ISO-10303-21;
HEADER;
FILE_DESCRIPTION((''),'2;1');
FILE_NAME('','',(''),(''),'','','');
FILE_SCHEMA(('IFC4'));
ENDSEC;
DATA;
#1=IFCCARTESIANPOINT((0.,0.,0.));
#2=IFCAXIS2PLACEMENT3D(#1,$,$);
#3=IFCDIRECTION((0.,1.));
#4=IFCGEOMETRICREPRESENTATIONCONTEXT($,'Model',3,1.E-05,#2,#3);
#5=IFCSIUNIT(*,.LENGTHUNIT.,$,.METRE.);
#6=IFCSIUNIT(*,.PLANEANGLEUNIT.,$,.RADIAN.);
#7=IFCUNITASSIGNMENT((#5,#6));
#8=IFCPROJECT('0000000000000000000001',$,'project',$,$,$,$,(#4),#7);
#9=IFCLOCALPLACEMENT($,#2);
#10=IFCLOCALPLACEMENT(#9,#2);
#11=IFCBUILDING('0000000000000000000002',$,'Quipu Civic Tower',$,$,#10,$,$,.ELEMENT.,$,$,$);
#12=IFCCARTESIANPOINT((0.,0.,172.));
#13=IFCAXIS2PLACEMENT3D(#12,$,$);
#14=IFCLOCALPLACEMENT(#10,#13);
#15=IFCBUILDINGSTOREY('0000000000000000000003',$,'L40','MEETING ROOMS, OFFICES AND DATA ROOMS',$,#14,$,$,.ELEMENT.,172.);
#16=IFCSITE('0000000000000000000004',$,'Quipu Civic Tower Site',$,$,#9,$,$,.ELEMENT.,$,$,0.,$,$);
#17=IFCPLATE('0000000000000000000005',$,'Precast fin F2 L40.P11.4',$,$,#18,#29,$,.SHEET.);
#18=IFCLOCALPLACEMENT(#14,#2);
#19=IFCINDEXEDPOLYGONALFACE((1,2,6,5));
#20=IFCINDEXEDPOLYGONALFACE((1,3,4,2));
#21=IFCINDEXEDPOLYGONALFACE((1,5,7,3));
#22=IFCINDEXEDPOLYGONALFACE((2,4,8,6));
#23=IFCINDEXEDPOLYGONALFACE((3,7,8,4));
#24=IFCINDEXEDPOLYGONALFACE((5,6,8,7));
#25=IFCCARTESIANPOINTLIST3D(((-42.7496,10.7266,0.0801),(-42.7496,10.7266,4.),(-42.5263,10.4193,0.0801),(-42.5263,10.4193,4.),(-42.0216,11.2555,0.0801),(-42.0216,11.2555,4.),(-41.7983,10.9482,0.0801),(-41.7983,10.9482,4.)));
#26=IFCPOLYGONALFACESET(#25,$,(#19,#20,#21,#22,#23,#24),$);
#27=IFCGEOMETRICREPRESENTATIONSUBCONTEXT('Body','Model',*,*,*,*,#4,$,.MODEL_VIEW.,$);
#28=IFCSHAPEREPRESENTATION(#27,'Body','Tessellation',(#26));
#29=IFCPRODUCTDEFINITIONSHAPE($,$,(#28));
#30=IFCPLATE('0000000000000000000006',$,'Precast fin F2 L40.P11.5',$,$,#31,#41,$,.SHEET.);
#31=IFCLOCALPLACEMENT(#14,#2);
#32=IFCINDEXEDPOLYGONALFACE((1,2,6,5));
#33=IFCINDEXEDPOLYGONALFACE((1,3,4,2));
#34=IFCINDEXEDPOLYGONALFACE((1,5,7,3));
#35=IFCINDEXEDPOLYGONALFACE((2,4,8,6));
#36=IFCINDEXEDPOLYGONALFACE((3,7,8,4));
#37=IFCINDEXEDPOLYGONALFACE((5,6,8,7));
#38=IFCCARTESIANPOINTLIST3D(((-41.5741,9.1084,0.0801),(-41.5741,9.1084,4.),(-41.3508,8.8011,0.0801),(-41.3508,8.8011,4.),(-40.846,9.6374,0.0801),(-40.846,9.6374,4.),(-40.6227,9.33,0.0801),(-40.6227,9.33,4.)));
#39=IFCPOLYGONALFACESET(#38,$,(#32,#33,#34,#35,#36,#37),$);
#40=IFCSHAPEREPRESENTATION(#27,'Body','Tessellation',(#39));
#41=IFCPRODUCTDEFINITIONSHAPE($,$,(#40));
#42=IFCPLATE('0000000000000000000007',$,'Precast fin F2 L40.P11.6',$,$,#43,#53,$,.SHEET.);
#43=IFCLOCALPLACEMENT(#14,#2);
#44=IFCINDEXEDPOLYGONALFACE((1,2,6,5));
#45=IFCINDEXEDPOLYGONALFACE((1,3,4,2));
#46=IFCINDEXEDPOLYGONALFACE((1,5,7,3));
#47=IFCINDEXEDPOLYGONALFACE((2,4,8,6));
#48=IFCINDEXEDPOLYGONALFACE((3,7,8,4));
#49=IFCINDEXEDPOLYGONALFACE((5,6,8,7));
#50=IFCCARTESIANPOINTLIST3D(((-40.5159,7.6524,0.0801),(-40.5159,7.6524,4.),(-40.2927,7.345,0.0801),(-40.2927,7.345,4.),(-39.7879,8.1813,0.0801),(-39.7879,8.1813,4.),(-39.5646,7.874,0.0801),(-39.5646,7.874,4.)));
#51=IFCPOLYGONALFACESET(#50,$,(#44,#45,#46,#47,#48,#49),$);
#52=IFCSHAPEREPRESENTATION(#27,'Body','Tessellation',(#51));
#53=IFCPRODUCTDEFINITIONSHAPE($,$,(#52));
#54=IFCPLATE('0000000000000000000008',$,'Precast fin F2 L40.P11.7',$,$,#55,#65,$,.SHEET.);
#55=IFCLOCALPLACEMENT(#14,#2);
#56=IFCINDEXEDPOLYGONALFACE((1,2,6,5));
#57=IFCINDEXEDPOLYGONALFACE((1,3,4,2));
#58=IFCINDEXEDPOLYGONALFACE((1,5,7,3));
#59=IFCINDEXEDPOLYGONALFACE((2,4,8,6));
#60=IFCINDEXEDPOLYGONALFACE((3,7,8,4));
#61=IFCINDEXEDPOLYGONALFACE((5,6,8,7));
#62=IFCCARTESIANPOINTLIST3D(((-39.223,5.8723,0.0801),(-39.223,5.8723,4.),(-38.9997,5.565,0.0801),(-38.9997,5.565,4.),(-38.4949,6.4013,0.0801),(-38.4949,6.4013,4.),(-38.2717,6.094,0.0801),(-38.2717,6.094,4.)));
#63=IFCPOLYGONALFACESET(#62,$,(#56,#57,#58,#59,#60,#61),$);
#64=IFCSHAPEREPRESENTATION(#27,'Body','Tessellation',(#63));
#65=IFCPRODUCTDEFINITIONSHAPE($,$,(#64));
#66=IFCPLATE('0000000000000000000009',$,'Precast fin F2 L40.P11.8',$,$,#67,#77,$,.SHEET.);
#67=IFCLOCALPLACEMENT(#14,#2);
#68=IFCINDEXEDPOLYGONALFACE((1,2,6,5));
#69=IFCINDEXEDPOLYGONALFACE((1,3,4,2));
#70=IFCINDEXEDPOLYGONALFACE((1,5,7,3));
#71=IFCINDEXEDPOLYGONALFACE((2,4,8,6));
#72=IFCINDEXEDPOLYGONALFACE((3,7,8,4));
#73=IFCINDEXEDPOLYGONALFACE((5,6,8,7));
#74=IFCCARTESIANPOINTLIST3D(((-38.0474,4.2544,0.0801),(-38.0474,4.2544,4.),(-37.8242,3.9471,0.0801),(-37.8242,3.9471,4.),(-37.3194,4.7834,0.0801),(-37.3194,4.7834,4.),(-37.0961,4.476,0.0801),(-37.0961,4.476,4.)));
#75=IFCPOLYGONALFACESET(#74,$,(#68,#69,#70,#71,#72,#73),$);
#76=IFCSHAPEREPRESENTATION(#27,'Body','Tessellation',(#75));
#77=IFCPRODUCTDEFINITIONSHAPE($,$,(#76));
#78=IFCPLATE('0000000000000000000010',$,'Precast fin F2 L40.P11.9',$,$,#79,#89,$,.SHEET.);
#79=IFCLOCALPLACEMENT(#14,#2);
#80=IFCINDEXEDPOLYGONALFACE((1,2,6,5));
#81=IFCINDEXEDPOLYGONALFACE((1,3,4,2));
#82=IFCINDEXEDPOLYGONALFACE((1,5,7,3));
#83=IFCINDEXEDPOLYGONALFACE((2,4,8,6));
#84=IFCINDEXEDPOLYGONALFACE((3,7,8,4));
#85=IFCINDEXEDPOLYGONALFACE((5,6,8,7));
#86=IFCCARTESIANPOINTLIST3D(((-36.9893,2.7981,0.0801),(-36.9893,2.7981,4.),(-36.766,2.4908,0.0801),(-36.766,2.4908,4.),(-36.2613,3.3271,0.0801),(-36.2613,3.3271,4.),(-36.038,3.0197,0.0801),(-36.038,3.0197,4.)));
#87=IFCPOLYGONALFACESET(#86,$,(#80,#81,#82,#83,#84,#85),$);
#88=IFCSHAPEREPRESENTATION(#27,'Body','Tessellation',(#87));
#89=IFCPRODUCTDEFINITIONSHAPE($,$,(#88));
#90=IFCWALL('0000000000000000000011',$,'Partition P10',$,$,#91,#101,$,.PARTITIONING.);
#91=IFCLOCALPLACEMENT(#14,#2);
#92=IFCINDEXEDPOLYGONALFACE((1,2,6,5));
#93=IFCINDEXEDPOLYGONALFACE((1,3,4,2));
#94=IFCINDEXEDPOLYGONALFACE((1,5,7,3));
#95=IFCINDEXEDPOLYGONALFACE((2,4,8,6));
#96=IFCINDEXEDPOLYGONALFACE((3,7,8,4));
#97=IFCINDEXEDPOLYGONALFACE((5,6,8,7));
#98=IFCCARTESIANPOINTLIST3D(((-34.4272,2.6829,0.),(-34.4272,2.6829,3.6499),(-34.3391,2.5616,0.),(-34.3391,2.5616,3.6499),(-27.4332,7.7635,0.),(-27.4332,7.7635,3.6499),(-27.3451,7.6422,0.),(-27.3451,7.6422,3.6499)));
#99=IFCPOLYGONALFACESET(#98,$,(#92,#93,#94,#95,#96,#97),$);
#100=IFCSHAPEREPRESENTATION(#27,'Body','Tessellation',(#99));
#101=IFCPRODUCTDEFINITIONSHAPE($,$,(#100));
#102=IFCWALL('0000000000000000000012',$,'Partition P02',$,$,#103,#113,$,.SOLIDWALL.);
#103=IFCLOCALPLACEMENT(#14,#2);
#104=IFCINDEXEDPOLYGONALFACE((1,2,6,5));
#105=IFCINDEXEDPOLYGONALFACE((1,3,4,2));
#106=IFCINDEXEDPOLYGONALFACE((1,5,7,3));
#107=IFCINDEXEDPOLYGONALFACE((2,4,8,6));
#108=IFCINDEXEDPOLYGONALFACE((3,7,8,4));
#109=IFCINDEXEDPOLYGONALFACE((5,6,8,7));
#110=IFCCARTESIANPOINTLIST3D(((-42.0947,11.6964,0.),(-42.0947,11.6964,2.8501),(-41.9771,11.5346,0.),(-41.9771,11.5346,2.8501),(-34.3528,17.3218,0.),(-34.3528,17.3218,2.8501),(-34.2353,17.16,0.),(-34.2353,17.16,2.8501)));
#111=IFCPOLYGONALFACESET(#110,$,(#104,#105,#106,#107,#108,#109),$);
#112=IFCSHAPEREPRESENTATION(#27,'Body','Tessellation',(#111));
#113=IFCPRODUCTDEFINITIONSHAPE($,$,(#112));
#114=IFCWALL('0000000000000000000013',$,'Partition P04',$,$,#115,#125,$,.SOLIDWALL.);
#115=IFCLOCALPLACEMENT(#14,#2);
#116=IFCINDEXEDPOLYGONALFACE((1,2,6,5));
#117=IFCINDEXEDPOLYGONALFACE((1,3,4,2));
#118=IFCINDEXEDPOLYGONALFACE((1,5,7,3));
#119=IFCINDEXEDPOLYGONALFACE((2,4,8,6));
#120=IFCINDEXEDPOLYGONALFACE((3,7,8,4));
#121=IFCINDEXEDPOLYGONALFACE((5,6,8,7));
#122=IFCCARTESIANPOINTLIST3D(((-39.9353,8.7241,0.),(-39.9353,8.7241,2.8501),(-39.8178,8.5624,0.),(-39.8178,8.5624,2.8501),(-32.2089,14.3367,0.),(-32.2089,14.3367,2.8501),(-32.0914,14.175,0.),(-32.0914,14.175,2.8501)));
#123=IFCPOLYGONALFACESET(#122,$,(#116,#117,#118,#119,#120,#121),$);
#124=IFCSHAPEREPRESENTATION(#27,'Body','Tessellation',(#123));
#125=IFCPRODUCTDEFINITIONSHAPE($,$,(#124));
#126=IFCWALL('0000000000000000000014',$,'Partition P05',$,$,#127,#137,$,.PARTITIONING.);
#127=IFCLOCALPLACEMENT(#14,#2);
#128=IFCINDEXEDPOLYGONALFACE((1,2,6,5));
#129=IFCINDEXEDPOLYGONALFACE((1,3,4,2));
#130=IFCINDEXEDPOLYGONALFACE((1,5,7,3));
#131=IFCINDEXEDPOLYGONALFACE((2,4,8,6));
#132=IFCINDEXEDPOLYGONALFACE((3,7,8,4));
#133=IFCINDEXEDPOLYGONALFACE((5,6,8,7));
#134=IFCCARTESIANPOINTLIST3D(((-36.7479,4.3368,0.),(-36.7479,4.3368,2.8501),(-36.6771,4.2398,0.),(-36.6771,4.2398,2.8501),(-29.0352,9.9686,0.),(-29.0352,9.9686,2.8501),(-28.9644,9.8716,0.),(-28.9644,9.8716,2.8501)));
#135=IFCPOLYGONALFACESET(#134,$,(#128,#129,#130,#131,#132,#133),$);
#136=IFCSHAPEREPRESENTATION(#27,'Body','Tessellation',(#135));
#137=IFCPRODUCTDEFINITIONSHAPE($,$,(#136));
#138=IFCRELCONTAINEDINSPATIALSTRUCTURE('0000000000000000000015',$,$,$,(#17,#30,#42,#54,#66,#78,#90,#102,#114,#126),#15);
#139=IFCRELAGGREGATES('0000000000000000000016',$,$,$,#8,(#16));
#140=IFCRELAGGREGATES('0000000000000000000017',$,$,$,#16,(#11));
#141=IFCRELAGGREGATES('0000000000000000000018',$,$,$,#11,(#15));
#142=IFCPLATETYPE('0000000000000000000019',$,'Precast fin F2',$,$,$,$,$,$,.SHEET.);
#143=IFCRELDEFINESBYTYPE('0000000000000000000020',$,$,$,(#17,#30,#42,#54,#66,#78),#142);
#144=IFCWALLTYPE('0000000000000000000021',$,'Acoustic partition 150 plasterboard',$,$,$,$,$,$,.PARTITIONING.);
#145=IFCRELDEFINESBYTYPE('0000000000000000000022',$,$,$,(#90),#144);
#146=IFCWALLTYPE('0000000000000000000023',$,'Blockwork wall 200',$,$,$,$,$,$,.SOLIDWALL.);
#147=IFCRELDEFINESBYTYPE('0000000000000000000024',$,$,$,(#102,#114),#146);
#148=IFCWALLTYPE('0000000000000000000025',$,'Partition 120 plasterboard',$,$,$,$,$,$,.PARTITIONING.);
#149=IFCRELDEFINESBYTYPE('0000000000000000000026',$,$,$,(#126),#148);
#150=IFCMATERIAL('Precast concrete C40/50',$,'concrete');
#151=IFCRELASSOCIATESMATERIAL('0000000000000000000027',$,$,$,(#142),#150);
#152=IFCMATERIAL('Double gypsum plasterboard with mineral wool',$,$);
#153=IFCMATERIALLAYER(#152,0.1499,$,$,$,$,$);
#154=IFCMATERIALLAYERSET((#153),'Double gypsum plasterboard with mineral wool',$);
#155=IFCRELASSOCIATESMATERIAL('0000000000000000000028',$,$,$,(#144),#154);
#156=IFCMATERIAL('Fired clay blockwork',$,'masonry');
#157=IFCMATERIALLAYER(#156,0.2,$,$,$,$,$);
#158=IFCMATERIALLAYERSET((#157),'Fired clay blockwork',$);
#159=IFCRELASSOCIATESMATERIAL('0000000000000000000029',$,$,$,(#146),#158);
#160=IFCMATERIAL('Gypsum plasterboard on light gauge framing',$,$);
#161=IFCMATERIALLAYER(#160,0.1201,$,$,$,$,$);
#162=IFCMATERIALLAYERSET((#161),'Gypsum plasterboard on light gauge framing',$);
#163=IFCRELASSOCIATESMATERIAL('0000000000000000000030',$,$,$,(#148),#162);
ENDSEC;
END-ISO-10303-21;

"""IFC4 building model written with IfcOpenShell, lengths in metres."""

from ifc_helpers import new_model, si_unit, direction, frame, frame_2d, origin, origin_2d, place, context, subcontext, project, spatial, rectangle, extrude, material, layer, layer_set, type_object, element, save


model = new_model("IFC4")

# Units and contexts
model_context = context("Model", 3, precision=1e-05, world=origin(), true_north=direction((0.0, 1.0)))
body_context = subcontext(model_context, "Body", "Model", "MODEL_VIEW")
ifc_project = project(units=[si_unit("LENGTHUNIT", "METRE"), si_unit("PLANEANGLEUNIT", "RADIAN")], contexts=[model_context])

# Site, building, storey
site_placement = place(None, origin())
site = spatial("IfcSite", under=ifc_project, at=site_placement, Name="Quipu Civic Tower Site", CompositionType="ELEMENT", RefElevation=0.0)
building_placement = place(site_placement, origin())
building = spatial("IfcBuilding", under=site, at=building_placement, Name="Quipu Civic Tower", CompositionType="ELEMENT")
storey_placement = place(building_placement, frame((0.0, 0.0, 172.0)))
storey = spatial("IfcBuildingStorey", under=building, at=storey_placement, Name="L40", Description="MEETING ROOMS, OFFICES AND DATA ROOMS", CompositionType="ELEMENT", Elevation=172.0)

# Plates
ifc_material_1 = material(Name="Precast concrete C40/50", Category="concrete")
plate_type_1 = type_object("IfcPlateType", Name="Precast fin F2", PredefinedType="SHEET", material=ifc_material_1)
for number, where, z_axis, x_axis, name in (
    (1, (-42.2739, 10.8374, 0.0801), (0.0, 0.0, 1.0), (0.587786, -0.809017, 0.0), "Precast fin F2 L40.P11.4"),
    (2, (-41.0984, 9.2192, 0.0801), (0.0, 0.0, 1.0), (0.587786, -0.809017, 0.0), "Precast fin F2 L40.P11.5"),
    (3, (-40.0403, 7.7632, 0.0801), (0.0, 0.0, 1.0), (0.587786, -0.809017, 0.0), "Precast fin F2 L40.P11.6"),
    (4, (-38.7473, 5.9832, 0.0801), (0.0, 0.0, 1.0), (0.587786, -0.809017, 0.0), "Precast fin F2 L40.P11.7"),
    (5, (-37.5718, 4.3652, 0.0801), (0.0, 0.0, 1.0), (0.587786, -0.809017, 0.0), "Precast fin F2 L40.P11.8"),
    (6, (-36.5137, 2.9089, 0.0801), (0.0, 0.0, 1.0), (0.587786, -0.809017, 0.0), "Precast fin F2 L40.P11.9"),
):
    element("IfcPlate", number, at=place(storey_placement, frame(where, z_axis=z_axis, x_axis=x_axis)), inside=storey, type_object=plate_type_1, Name=name, PredefinedType="SHEET", context=body_context, shape_type="SweptSolid", body=[
        extrude(rectangle(XDim=0.3799, YDim=0.8999, at=origin_2d()), origin(), (0.0, 0.0, 1.0), 3.9199),
    ])

# Walls
ifc_material_2 = material(Name="Double gypsum plasterboard with mineral wool")
ifc_layer_1 = layer(ifc_material_2, 0.1499)
ifc_layer_set_1 = layer_set([ifc_layer_1], Name="Double gypsum plasterboard with mineral wool")
wall_type_1 = type_object("IfcWallType", Name="Acoustic partition 150 plasterboard", PredefinedType="PARTITIONING", material=ifc_layer_set_1)
wall_1_placement = place(storey_placement, frame((-27.3892, 7.7029, 0.0), z_axis=(0.0, 0.0, 1.0), x_axis=(-0.809061, -0.587725, 0.0)))
element("IfcWall", 7, at=wall_1_placement, inside=storey, type_object=wall_type_1, Name="Partition P10", PredefinedType="PARTITIONING", context=body_context, shape_type="SweptSolid", body=[
    extrude(rectangle(XDim=8.6445, YDim=0.1499, at=frame_2d((4.3223, 0.0))), origin(), (0.0, 0.0, 1.0), 3.6499),
])
ifc_material_3 = material(Name="Fired clay blockwork", Category="masonry")
ifc_layer_2 = layer(ifc_material_3, 0.2)
ifc_layer_set_2 = layer_set([ifc_layer_2], Name="Fired clay blockwork")
wall_type_2 = type_object("IfcWallType", Name="Blockwork wall 200", PredefinedType="SOLIDWALL", material=ifc_layer_set_2)
wall_2_placement = place(storey_placement, frame((-42.0359, 11.6155, 0.0), z_axis=(0.0, 0.0, 1.0), x_axis=(0.808985, 0.587829, 0.0)))
element("IfcWall", 8, at=wall_2_placement, inside=storey, type_object=wall_type_2, Name="Partition P02", PredefinedType="SOLIDWALL", context=body_context, shape_type="SweptSolid", body=[
    extrude(rectangle(XDim=9.5698, YDim=0.2, at=frame_2d((4.7849, 0.0))), origin(), (0.0, 0.0, 1.0), 2.8501),
])
wall_3_placement = place(storey_placement, frame((-32.1501, 14.2559, 0.0), z_axis=(0.0, 0.0, 1.0), x_axis=(-0.809064, -0.58772, 0.0)))
element("IfcWall", 9, at=wall_3_placement, inside=storey, type_object=wall_type_2, Name="Partition P04", PredefinedType="SOLIDWALL", context=body_context, shape_type="SweptSolid", body=[
    extrude(rectangle(XDim=9.5498, YDim=0.2, at=frame_2d((4.7749, 0.0))), origin(), (0.0, 0.0, 1.0), 2.8501),
])
ifc_material_4 = material(Name="Gypsum plasterboard on light gauge framing")
ifc_layer_3 = layer(ifc_material_4, 0.1201)
ifc_layer_set_3 = layer_set([ifc_layer_3], Name="Gypsum plasterboard on light gauge framing")
wall_type_3 = type_object("IfcWallType", Name="Partition 120 plasterboard", PredefinedType="PARTITIONING", material=ifc_layer_set_3)
wall_4_placement = place(storey_placement, frame((-36.7124, 4.2883, 0.0), z_axis=(0.0, 0.0, 1.0), x_axis=(0.807607, 0.589721, 0.0)))
element("IfcWall", 10, at=wall_4_placement, inside=storey, type_object=wall_type_3, Name="Partition P05", PredefinedType="PARTITIONING", context=body_context, shape_type="SweptSolid", body=[
    extrude(rectangle(XDim=9.55, YDim=0.1201, at=frame_2d((4.7749, 0.0))), origin(), (0.0, 0.0, 1.0), 2.8501),
])

save(model, "model.ifc")
